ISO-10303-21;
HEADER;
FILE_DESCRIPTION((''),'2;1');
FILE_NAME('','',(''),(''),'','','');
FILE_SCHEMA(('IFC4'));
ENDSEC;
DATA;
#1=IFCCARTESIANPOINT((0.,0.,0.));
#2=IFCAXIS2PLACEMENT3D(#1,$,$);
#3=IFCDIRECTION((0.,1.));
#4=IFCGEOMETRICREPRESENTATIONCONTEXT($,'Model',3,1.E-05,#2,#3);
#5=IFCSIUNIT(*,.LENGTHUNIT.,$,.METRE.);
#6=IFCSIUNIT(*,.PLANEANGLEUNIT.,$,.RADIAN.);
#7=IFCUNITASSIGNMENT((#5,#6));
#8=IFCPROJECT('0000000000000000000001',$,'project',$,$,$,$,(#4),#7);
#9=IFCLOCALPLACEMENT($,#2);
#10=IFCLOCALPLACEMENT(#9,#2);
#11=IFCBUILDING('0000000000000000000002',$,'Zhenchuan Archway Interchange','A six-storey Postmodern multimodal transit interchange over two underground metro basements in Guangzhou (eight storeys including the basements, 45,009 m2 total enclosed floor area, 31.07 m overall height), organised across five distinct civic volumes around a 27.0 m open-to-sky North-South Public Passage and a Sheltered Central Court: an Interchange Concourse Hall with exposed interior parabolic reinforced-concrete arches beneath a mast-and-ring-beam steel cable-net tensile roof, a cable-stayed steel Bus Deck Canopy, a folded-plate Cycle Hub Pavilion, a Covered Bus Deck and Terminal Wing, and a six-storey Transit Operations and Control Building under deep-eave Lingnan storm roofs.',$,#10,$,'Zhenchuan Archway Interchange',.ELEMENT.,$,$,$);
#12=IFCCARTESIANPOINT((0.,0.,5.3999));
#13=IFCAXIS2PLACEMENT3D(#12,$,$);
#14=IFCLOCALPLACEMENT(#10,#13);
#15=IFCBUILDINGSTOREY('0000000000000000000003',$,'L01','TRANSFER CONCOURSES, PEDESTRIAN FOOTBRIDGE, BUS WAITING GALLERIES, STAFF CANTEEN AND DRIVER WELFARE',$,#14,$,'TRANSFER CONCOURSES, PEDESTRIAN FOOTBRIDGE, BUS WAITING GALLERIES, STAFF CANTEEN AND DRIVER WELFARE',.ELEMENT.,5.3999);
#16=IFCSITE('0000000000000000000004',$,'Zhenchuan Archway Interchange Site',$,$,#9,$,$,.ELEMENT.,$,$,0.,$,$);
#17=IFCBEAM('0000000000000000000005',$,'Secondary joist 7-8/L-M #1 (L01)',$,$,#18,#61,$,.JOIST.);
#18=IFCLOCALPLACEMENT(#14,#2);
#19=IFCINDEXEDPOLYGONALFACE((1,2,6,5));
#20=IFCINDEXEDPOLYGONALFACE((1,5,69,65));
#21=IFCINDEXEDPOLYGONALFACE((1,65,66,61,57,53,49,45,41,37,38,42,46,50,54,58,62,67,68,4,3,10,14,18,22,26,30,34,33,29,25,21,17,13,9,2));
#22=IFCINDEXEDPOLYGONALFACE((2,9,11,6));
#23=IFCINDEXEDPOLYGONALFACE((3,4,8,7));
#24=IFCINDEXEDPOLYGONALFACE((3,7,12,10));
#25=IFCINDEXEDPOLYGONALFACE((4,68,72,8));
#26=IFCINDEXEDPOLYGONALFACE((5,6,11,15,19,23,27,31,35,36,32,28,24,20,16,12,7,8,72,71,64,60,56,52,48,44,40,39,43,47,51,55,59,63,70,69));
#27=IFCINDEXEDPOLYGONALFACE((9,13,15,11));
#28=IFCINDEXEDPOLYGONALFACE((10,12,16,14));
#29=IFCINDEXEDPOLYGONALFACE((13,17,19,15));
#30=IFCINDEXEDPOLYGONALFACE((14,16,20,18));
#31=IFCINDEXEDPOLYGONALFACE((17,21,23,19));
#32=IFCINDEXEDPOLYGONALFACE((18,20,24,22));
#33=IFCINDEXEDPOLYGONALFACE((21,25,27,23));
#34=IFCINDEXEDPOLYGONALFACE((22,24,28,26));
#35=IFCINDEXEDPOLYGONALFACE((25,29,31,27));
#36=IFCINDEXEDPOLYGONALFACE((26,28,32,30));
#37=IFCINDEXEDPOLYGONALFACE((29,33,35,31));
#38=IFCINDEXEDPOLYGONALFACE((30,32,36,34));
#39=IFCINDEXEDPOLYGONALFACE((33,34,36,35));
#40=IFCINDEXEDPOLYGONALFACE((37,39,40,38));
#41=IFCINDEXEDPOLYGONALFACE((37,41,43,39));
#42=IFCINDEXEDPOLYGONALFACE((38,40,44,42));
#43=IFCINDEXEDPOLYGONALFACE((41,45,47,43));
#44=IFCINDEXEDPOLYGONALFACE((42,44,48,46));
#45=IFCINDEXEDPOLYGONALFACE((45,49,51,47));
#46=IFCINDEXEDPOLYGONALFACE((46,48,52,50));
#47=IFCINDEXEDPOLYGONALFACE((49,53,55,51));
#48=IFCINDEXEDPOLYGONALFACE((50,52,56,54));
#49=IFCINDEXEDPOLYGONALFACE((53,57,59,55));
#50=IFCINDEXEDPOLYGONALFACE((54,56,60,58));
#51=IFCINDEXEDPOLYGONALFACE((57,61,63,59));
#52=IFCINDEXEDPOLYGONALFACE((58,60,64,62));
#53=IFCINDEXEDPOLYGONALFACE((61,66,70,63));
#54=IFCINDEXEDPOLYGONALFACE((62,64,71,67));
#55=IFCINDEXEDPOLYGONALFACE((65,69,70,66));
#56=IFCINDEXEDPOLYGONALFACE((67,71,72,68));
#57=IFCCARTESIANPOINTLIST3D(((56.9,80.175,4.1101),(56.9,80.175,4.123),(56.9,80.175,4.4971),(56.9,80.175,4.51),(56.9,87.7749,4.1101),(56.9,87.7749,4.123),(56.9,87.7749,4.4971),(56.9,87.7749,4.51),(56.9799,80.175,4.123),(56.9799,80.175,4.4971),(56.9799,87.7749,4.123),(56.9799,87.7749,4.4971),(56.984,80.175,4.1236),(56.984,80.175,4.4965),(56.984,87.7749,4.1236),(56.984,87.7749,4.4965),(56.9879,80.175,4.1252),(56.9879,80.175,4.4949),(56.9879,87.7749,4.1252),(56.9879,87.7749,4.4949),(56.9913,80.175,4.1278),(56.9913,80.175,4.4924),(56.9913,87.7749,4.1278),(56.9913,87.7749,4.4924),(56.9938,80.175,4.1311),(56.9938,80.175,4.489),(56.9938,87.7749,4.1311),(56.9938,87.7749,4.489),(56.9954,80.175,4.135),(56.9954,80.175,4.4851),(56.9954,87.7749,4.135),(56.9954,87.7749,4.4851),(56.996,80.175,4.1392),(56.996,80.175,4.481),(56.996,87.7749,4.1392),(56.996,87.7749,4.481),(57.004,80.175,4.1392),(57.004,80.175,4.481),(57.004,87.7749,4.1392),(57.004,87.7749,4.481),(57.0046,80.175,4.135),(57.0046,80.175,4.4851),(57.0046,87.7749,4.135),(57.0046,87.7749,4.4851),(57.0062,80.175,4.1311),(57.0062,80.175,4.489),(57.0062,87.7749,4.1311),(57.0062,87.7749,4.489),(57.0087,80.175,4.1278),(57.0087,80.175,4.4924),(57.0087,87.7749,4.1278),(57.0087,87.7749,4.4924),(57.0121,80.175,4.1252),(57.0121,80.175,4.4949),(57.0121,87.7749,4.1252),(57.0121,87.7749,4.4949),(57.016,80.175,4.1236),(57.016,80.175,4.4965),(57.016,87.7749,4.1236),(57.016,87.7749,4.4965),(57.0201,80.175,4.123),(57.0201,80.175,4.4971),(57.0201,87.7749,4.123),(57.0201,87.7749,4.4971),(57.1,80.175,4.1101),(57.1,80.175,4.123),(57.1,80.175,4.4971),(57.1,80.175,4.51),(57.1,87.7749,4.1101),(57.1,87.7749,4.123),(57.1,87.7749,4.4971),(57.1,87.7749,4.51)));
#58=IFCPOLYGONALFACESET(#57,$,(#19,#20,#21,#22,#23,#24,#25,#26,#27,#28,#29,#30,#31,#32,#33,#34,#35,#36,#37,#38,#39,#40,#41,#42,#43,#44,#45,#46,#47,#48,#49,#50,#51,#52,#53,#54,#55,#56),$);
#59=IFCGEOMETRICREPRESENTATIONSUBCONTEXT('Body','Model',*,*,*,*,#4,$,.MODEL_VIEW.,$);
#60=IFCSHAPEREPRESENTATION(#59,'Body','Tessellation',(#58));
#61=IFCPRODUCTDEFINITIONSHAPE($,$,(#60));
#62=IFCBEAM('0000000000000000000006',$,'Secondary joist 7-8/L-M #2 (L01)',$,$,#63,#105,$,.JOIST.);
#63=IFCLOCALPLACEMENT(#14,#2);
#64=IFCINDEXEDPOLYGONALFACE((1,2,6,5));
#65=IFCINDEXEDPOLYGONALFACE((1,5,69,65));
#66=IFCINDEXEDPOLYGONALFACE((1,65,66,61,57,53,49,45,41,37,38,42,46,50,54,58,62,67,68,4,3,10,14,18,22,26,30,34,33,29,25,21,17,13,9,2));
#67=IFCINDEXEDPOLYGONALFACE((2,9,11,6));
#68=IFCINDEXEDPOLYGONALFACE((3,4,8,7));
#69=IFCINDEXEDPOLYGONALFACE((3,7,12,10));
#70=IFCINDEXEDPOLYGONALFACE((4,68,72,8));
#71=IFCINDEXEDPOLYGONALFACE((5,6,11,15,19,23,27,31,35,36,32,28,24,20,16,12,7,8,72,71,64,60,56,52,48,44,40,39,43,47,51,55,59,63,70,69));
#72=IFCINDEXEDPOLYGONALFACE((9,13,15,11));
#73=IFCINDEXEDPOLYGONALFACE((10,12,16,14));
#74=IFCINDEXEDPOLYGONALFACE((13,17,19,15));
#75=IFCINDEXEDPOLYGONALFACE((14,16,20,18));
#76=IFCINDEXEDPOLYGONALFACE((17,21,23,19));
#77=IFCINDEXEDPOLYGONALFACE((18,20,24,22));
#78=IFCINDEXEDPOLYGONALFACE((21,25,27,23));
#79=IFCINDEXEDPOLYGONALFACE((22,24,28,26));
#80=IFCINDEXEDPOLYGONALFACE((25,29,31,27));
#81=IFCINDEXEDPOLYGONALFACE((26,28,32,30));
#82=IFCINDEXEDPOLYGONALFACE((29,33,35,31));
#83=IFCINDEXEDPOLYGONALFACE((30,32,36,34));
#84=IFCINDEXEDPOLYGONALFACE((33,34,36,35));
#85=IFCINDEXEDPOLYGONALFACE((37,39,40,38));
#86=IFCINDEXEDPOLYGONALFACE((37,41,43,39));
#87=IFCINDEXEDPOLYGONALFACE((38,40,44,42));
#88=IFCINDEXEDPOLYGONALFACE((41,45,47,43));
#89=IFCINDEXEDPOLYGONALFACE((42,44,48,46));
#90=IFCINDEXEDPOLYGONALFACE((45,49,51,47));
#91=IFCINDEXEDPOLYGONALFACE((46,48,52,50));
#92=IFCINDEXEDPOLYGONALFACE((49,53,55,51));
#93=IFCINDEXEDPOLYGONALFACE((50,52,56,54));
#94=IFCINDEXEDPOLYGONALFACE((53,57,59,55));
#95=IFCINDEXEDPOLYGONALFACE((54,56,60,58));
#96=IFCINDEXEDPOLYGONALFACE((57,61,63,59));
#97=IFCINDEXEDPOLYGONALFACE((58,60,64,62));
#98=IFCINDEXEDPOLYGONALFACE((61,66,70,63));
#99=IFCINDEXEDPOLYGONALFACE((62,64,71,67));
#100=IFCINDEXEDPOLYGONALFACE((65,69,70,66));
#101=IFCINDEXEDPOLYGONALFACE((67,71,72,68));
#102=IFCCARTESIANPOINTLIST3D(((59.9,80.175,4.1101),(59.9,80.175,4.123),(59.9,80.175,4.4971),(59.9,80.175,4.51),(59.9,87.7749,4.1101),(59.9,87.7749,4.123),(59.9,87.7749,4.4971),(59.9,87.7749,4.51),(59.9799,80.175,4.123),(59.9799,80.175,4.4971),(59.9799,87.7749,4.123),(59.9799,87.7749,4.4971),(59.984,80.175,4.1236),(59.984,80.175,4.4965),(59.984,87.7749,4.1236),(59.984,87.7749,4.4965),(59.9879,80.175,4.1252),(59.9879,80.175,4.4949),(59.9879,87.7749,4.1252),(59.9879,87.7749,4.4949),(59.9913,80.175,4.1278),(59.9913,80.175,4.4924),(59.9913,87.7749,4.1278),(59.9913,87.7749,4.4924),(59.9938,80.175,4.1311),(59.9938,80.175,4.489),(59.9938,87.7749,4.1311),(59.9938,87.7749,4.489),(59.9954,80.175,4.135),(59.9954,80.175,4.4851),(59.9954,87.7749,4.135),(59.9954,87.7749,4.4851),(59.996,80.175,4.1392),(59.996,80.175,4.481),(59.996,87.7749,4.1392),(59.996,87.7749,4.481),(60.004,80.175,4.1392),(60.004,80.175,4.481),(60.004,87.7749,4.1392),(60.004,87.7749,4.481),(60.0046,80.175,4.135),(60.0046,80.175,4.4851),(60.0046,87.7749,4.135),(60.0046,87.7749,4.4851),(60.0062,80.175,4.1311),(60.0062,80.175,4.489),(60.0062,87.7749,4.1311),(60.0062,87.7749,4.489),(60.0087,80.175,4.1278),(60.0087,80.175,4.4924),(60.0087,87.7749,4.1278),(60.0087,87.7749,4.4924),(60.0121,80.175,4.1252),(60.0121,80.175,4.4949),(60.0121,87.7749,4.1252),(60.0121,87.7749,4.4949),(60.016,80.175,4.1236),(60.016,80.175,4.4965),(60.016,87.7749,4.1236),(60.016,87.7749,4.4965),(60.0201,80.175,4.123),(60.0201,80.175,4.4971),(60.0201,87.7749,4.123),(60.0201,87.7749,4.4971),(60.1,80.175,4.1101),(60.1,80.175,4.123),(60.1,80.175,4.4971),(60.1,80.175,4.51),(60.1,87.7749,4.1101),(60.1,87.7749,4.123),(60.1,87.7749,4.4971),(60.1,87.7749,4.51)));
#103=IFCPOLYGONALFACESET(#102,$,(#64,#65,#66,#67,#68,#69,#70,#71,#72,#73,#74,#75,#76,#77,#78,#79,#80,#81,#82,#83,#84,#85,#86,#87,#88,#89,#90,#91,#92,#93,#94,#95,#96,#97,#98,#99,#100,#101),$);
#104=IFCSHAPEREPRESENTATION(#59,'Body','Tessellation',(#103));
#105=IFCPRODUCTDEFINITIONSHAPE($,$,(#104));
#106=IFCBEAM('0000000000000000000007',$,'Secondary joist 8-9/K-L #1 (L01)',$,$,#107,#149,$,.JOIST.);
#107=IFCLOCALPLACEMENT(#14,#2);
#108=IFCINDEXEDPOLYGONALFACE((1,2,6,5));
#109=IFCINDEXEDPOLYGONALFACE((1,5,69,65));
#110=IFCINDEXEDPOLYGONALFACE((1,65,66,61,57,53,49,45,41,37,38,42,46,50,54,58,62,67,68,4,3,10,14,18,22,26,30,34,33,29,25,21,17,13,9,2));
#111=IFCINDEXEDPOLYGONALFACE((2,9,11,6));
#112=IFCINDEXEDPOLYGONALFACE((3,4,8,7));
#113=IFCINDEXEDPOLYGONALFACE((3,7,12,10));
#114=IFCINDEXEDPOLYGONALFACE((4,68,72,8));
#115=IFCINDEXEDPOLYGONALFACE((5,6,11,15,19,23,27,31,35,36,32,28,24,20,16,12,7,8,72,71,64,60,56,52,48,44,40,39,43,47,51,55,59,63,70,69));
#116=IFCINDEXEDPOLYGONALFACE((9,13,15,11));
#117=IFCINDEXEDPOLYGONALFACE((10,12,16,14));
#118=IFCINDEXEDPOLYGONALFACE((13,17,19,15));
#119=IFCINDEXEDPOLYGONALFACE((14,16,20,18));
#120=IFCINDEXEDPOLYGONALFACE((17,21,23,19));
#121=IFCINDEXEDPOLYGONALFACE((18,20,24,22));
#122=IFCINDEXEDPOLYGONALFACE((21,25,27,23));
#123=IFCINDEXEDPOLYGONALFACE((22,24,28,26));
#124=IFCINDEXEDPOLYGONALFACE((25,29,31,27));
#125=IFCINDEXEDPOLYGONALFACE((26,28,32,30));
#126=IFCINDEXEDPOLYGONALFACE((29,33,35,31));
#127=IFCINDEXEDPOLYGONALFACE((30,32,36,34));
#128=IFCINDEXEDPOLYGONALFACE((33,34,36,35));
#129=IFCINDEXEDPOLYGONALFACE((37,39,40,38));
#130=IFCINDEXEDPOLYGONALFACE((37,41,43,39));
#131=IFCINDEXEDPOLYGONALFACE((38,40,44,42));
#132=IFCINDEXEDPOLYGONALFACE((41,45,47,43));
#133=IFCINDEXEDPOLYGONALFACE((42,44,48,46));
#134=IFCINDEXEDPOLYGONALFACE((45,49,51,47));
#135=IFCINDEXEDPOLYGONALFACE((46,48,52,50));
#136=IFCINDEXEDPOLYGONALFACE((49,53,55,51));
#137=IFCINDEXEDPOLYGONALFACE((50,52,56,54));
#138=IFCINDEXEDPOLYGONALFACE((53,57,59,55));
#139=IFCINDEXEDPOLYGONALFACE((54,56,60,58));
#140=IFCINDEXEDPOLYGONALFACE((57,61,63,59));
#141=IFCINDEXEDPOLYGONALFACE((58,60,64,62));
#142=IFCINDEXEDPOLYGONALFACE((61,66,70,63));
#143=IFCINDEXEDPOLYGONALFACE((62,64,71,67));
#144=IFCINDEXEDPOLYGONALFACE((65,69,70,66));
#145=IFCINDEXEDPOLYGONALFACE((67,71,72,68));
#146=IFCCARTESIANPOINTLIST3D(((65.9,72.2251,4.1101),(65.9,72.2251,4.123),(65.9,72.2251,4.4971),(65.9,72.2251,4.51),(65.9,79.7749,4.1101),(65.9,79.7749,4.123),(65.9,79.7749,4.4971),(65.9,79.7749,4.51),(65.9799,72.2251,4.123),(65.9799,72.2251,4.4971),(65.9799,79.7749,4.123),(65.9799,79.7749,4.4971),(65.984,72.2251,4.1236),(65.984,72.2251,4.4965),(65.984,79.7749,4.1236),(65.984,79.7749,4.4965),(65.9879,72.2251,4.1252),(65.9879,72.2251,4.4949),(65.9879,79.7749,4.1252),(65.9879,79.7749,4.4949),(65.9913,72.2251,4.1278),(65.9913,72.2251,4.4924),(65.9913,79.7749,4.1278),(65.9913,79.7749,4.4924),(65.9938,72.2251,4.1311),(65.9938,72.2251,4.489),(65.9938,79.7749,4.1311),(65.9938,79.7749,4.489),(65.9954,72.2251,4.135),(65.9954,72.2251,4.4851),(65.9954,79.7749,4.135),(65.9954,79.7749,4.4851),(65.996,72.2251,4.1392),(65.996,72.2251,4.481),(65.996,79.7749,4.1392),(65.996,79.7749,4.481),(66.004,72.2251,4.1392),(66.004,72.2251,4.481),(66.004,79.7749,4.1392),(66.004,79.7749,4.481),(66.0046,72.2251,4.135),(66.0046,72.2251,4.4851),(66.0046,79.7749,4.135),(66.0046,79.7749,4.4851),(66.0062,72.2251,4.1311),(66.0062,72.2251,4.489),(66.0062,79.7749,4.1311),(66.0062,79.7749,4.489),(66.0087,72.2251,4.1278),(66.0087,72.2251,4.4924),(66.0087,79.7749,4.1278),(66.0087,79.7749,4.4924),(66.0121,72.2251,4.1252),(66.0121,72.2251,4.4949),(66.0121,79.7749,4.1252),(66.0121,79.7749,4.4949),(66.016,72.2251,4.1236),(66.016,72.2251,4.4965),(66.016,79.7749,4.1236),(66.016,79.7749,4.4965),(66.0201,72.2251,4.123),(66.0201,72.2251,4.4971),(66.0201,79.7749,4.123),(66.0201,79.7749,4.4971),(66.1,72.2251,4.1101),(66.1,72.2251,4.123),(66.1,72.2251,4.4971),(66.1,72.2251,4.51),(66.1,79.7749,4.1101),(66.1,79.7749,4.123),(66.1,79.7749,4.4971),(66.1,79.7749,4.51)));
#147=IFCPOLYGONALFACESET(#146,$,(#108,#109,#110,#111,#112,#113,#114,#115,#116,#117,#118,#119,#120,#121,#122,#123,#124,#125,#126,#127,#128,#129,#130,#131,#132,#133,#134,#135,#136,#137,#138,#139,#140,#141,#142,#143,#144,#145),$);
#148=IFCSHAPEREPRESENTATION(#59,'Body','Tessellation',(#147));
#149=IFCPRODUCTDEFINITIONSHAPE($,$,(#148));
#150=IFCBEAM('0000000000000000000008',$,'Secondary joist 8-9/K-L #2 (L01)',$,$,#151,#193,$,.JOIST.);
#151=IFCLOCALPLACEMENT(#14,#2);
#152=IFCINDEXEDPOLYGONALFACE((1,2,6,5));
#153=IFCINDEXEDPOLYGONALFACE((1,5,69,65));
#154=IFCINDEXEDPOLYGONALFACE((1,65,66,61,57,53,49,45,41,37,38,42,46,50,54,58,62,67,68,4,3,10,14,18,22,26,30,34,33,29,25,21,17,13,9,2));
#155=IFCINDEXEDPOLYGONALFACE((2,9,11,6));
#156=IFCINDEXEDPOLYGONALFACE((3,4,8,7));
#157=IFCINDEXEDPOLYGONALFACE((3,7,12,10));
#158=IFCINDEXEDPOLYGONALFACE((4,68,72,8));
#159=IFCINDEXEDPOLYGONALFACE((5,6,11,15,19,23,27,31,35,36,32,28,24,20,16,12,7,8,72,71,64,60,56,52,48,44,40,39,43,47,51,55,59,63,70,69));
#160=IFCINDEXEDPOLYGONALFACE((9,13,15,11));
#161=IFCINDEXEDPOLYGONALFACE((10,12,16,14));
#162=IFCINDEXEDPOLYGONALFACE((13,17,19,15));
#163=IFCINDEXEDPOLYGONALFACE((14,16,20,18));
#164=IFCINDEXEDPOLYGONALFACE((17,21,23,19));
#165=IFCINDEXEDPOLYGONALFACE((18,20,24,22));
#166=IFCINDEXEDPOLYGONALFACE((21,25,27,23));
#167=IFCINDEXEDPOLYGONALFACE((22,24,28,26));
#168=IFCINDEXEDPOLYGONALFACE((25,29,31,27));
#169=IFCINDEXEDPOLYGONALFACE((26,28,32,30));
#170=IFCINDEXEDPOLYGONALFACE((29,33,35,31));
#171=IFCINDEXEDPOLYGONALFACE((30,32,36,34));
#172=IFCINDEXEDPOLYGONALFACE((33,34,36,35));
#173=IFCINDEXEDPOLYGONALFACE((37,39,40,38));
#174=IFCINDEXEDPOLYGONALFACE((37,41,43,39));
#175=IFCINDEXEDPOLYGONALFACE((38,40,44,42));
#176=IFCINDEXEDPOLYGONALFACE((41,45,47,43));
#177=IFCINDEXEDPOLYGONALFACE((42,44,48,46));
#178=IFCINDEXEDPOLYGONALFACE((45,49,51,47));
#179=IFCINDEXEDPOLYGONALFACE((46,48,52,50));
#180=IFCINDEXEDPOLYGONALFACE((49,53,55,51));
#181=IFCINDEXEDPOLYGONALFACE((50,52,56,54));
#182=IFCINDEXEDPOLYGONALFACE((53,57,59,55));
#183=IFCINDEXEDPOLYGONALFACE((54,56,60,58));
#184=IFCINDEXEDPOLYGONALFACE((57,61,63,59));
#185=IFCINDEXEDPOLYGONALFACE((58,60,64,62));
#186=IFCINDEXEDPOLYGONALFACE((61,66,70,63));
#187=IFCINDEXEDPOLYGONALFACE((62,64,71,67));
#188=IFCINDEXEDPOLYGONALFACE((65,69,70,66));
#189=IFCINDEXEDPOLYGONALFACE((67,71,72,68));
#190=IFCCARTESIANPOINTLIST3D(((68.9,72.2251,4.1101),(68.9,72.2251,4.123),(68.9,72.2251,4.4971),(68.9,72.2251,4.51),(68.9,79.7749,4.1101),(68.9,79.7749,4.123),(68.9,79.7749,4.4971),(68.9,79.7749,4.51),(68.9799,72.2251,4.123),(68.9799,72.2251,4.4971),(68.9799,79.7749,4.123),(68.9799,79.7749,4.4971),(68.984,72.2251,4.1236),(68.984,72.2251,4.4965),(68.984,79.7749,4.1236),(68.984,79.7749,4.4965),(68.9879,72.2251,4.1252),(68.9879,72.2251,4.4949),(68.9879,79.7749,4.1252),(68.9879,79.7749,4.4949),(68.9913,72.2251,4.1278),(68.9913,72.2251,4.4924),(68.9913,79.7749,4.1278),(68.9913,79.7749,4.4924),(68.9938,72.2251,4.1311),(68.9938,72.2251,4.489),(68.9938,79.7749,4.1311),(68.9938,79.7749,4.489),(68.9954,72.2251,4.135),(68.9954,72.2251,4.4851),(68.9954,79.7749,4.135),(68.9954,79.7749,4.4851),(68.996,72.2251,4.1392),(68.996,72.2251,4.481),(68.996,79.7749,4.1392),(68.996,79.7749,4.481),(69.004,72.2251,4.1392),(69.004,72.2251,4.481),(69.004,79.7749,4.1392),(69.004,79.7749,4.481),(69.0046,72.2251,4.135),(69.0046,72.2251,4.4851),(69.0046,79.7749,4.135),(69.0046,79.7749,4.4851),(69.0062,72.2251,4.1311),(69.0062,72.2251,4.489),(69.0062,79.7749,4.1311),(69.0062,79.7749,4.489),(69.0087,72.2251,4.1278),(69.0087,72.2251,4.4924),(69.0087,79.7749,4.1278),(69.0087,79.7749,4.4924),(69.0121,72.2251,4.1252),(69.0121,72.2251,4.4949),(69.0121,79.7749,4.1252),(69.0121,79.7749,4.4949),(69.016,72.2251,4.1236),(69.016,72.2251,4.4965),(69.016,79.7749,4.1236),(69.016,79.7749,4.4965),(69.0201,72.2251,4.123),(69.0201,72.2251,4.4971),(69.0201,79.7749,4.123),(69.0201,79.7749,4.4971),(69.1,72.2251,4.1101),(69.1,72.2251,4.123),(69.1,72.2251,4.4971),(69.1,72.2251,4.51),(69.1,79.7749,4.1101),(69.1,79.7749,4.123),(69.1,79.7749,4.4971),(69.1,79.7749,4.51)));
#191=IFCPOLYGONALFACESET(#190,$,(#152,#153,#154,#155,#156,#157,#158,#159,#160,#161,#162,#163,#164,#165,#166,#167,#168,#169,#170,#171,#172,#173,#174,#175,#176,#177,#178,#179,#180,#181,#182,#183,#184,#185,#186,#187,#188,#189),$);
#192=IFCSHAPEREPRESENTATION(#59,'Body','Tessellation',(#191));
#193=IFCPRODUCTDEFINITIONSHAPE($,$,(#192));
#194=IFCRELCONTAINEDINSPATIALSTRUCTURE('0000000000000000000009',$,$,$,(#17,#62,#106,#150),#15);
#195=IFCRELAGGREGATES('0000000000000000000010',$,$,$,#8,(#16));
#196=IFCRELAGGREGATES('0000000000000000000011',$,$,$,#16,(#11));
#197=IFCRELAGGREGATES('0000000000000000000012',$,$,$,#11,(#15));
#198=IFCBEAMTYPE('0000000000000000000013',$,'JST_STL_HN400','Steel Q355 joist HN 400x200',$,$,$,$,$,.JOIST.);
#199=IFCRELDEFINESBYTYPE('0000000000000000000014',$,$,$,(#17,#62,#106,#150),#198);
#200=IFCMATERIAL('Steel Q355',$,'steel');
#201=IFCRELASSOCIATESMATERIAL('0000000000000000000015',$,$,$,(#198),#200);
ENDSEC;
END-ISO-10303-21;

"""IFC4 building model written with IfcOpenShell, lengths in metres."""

from ifc_helpers import new_model, si_unit, direction, frame, origin, origin_2d, place, context, subcontext, project, spatial, i_section, extrude, material, material_profile, profile_set, type_object, element, save


model = new_model("IFC4")

# Units and contexts
model_context = context("Model", 3, precision=1e-05, world=origin(), true_north=direction((0.0, 1.0)))
body_context = subcontext(model_context, "Body", "Model", "MODEL_VIEW")
ifc_project = project(units=[si_unit("LENGTHUNIT", "METRE"), si_unit("PLANEANGLEUNIT", "RADIAN")], contexts=[model_context])

# Site, building, storey
site_placement = place(None, origin())
site = spatial("IfcSite", under=ifc_project, at=site_placement, Name="Zhenchuan Archway Interchange Site", CompositionType="ELEMENT", RefElevation=0.0)
building_placement = place(site_placement, origin())
building = spatial("IfcBuilding", under=site, at=building_placement, Name="Zhenchuan Archway Interchange", Description="A six-storey Postmodern multimodal transit interchange over two underground metro basements in Guangzhou (eight storeys including the basements, 45,009 m2 total enclosed floor area, 31.07 m overall height), organised across five distinct civic volumes around a 27.0 m open-to-sky North-South Public Passage and a Sheltered Central Court: an Interchange Concourse Hall with exposed interior parabolic reinforced-concrete arches beneath a mast-and-ring-beam steel cable-net tensile roof, a cable-stayed steel Bus Deck Canopy, a folded-plate Cycle Hub Pavilion, a Covered Bus Deck and Terminal Wing, and a six-storey Transit Operations and Control Building under deep-eave Lingnan storm roofs.", LongName="Zhenchuan Archway Interchange", CompositionType="ELEMENT")
storey_placement = place(building_placement, frame((0.0, 0.0, 5.3999)))
storey = spatial("IfcBuildingStorey", under=building, at=storey_placement, Name="L01", Description="TRANSFER CONCOURSES, PEDESTRIAN FOOTBRIDGE, BUS WAITING GALLERIES, STAFF CANTEEN AND DRIVER WELFARE", LongName="TRANSFER CONCOURSES, PEDESTRIAN FOOTBRIDGE, BUS WAITING GALLERIES, STAFF CANTEEN AND DRIVER WELFARE", CompositionType="ELEMENT", Elevation=5.3999)

# Beams
ifc_material_1 = material(Name="Steel Q355", Category="steel")
ifc_material_profile_1 = material_profile(ifc_material_1, i_section(OverallWidth=0.2, OverallDepth=0.3999, WebThickness=0.0081, FlangeThickness=0.0129, FilletRadius=0.0161, at=origin_2d()), Name="HN 400x200")
ifc_profile_set_1 = profile_set([ifc_material_profile_1], Name="Steel Q355")
beam_type_1 = type_object("IfcBeamType", Name="JST_STL_HN400", Description="Steel Q355 joist HN 400x200", PredefinedType="JOIST", material=ifc_profile_set_1)
for number, where, z_axis, x_axis, name in (
    (1, (57.0, 80.175, 4.3101), (0.0, 1.0, 0.0), (-1.0, 0.0, 0.0), "Secondary joist 7-8/L-M #1 (L01)"),
    (2, (60.0, 80.175, 4.3101), (0.0, 1.0, 0.0), (-1.0, 0.0, 0.0), "Secondary joist 7-8/L-M #2 (L01)"),
):
    element("IfcBeam", number, at=place(storey_placement, frame(where, z_axis=z_axis, x_axis=x_axis)), inside=storey, type_object=beam_type_1, Name=name, PredefinedType="JOIST", context=body_context, shape_type="SweptSolid", body=[
        extrude(i_section(OverallWidth=0.2, OverallDepth=0.3999, WebThickness=0.0081, FlangeThickness=0.0129, FilletRadius=0.0161, at=origin_2d()), origin(), (0.0, 0.0, 1.0), 7.5999),
    ])
for number, where, z_axis, x_axis, name in (
    (3, (66.0, 72.2251, 4.3101), (0.0, 1.0, 0.0), (-1.0, 0.0, 0.0), "Secondary joist 8-9/K-L #1 (L01)"),
    (4, (69.0, 72.2251, 4.3101), (0.0, 1.0, 0.0), (-1.0, 0.0, 0.0), "Secondary joist 8-9/K-L #2 (L01)"),
):
    element("IfcBeam", number, at=place(storey_placement, frame(where, z_axis=z_axis, x_axis=x_axis)), inside=storey, type_object=beam_type_1, Name=name, PredefinedType="JOIST", context=body_context, shape_type="SweptSolid", body=[
        extrude(i_section(OverallWidth=0.2, OverallDepth=0.3999, WebThickness=0.0081, FlangeThickness=0.0129, FilletRadius=0.0161, at=origin_2d()), origin(), (0.0, 0.0, 1.0), 7.5498),
    ])

save(model, "model.ifc")
